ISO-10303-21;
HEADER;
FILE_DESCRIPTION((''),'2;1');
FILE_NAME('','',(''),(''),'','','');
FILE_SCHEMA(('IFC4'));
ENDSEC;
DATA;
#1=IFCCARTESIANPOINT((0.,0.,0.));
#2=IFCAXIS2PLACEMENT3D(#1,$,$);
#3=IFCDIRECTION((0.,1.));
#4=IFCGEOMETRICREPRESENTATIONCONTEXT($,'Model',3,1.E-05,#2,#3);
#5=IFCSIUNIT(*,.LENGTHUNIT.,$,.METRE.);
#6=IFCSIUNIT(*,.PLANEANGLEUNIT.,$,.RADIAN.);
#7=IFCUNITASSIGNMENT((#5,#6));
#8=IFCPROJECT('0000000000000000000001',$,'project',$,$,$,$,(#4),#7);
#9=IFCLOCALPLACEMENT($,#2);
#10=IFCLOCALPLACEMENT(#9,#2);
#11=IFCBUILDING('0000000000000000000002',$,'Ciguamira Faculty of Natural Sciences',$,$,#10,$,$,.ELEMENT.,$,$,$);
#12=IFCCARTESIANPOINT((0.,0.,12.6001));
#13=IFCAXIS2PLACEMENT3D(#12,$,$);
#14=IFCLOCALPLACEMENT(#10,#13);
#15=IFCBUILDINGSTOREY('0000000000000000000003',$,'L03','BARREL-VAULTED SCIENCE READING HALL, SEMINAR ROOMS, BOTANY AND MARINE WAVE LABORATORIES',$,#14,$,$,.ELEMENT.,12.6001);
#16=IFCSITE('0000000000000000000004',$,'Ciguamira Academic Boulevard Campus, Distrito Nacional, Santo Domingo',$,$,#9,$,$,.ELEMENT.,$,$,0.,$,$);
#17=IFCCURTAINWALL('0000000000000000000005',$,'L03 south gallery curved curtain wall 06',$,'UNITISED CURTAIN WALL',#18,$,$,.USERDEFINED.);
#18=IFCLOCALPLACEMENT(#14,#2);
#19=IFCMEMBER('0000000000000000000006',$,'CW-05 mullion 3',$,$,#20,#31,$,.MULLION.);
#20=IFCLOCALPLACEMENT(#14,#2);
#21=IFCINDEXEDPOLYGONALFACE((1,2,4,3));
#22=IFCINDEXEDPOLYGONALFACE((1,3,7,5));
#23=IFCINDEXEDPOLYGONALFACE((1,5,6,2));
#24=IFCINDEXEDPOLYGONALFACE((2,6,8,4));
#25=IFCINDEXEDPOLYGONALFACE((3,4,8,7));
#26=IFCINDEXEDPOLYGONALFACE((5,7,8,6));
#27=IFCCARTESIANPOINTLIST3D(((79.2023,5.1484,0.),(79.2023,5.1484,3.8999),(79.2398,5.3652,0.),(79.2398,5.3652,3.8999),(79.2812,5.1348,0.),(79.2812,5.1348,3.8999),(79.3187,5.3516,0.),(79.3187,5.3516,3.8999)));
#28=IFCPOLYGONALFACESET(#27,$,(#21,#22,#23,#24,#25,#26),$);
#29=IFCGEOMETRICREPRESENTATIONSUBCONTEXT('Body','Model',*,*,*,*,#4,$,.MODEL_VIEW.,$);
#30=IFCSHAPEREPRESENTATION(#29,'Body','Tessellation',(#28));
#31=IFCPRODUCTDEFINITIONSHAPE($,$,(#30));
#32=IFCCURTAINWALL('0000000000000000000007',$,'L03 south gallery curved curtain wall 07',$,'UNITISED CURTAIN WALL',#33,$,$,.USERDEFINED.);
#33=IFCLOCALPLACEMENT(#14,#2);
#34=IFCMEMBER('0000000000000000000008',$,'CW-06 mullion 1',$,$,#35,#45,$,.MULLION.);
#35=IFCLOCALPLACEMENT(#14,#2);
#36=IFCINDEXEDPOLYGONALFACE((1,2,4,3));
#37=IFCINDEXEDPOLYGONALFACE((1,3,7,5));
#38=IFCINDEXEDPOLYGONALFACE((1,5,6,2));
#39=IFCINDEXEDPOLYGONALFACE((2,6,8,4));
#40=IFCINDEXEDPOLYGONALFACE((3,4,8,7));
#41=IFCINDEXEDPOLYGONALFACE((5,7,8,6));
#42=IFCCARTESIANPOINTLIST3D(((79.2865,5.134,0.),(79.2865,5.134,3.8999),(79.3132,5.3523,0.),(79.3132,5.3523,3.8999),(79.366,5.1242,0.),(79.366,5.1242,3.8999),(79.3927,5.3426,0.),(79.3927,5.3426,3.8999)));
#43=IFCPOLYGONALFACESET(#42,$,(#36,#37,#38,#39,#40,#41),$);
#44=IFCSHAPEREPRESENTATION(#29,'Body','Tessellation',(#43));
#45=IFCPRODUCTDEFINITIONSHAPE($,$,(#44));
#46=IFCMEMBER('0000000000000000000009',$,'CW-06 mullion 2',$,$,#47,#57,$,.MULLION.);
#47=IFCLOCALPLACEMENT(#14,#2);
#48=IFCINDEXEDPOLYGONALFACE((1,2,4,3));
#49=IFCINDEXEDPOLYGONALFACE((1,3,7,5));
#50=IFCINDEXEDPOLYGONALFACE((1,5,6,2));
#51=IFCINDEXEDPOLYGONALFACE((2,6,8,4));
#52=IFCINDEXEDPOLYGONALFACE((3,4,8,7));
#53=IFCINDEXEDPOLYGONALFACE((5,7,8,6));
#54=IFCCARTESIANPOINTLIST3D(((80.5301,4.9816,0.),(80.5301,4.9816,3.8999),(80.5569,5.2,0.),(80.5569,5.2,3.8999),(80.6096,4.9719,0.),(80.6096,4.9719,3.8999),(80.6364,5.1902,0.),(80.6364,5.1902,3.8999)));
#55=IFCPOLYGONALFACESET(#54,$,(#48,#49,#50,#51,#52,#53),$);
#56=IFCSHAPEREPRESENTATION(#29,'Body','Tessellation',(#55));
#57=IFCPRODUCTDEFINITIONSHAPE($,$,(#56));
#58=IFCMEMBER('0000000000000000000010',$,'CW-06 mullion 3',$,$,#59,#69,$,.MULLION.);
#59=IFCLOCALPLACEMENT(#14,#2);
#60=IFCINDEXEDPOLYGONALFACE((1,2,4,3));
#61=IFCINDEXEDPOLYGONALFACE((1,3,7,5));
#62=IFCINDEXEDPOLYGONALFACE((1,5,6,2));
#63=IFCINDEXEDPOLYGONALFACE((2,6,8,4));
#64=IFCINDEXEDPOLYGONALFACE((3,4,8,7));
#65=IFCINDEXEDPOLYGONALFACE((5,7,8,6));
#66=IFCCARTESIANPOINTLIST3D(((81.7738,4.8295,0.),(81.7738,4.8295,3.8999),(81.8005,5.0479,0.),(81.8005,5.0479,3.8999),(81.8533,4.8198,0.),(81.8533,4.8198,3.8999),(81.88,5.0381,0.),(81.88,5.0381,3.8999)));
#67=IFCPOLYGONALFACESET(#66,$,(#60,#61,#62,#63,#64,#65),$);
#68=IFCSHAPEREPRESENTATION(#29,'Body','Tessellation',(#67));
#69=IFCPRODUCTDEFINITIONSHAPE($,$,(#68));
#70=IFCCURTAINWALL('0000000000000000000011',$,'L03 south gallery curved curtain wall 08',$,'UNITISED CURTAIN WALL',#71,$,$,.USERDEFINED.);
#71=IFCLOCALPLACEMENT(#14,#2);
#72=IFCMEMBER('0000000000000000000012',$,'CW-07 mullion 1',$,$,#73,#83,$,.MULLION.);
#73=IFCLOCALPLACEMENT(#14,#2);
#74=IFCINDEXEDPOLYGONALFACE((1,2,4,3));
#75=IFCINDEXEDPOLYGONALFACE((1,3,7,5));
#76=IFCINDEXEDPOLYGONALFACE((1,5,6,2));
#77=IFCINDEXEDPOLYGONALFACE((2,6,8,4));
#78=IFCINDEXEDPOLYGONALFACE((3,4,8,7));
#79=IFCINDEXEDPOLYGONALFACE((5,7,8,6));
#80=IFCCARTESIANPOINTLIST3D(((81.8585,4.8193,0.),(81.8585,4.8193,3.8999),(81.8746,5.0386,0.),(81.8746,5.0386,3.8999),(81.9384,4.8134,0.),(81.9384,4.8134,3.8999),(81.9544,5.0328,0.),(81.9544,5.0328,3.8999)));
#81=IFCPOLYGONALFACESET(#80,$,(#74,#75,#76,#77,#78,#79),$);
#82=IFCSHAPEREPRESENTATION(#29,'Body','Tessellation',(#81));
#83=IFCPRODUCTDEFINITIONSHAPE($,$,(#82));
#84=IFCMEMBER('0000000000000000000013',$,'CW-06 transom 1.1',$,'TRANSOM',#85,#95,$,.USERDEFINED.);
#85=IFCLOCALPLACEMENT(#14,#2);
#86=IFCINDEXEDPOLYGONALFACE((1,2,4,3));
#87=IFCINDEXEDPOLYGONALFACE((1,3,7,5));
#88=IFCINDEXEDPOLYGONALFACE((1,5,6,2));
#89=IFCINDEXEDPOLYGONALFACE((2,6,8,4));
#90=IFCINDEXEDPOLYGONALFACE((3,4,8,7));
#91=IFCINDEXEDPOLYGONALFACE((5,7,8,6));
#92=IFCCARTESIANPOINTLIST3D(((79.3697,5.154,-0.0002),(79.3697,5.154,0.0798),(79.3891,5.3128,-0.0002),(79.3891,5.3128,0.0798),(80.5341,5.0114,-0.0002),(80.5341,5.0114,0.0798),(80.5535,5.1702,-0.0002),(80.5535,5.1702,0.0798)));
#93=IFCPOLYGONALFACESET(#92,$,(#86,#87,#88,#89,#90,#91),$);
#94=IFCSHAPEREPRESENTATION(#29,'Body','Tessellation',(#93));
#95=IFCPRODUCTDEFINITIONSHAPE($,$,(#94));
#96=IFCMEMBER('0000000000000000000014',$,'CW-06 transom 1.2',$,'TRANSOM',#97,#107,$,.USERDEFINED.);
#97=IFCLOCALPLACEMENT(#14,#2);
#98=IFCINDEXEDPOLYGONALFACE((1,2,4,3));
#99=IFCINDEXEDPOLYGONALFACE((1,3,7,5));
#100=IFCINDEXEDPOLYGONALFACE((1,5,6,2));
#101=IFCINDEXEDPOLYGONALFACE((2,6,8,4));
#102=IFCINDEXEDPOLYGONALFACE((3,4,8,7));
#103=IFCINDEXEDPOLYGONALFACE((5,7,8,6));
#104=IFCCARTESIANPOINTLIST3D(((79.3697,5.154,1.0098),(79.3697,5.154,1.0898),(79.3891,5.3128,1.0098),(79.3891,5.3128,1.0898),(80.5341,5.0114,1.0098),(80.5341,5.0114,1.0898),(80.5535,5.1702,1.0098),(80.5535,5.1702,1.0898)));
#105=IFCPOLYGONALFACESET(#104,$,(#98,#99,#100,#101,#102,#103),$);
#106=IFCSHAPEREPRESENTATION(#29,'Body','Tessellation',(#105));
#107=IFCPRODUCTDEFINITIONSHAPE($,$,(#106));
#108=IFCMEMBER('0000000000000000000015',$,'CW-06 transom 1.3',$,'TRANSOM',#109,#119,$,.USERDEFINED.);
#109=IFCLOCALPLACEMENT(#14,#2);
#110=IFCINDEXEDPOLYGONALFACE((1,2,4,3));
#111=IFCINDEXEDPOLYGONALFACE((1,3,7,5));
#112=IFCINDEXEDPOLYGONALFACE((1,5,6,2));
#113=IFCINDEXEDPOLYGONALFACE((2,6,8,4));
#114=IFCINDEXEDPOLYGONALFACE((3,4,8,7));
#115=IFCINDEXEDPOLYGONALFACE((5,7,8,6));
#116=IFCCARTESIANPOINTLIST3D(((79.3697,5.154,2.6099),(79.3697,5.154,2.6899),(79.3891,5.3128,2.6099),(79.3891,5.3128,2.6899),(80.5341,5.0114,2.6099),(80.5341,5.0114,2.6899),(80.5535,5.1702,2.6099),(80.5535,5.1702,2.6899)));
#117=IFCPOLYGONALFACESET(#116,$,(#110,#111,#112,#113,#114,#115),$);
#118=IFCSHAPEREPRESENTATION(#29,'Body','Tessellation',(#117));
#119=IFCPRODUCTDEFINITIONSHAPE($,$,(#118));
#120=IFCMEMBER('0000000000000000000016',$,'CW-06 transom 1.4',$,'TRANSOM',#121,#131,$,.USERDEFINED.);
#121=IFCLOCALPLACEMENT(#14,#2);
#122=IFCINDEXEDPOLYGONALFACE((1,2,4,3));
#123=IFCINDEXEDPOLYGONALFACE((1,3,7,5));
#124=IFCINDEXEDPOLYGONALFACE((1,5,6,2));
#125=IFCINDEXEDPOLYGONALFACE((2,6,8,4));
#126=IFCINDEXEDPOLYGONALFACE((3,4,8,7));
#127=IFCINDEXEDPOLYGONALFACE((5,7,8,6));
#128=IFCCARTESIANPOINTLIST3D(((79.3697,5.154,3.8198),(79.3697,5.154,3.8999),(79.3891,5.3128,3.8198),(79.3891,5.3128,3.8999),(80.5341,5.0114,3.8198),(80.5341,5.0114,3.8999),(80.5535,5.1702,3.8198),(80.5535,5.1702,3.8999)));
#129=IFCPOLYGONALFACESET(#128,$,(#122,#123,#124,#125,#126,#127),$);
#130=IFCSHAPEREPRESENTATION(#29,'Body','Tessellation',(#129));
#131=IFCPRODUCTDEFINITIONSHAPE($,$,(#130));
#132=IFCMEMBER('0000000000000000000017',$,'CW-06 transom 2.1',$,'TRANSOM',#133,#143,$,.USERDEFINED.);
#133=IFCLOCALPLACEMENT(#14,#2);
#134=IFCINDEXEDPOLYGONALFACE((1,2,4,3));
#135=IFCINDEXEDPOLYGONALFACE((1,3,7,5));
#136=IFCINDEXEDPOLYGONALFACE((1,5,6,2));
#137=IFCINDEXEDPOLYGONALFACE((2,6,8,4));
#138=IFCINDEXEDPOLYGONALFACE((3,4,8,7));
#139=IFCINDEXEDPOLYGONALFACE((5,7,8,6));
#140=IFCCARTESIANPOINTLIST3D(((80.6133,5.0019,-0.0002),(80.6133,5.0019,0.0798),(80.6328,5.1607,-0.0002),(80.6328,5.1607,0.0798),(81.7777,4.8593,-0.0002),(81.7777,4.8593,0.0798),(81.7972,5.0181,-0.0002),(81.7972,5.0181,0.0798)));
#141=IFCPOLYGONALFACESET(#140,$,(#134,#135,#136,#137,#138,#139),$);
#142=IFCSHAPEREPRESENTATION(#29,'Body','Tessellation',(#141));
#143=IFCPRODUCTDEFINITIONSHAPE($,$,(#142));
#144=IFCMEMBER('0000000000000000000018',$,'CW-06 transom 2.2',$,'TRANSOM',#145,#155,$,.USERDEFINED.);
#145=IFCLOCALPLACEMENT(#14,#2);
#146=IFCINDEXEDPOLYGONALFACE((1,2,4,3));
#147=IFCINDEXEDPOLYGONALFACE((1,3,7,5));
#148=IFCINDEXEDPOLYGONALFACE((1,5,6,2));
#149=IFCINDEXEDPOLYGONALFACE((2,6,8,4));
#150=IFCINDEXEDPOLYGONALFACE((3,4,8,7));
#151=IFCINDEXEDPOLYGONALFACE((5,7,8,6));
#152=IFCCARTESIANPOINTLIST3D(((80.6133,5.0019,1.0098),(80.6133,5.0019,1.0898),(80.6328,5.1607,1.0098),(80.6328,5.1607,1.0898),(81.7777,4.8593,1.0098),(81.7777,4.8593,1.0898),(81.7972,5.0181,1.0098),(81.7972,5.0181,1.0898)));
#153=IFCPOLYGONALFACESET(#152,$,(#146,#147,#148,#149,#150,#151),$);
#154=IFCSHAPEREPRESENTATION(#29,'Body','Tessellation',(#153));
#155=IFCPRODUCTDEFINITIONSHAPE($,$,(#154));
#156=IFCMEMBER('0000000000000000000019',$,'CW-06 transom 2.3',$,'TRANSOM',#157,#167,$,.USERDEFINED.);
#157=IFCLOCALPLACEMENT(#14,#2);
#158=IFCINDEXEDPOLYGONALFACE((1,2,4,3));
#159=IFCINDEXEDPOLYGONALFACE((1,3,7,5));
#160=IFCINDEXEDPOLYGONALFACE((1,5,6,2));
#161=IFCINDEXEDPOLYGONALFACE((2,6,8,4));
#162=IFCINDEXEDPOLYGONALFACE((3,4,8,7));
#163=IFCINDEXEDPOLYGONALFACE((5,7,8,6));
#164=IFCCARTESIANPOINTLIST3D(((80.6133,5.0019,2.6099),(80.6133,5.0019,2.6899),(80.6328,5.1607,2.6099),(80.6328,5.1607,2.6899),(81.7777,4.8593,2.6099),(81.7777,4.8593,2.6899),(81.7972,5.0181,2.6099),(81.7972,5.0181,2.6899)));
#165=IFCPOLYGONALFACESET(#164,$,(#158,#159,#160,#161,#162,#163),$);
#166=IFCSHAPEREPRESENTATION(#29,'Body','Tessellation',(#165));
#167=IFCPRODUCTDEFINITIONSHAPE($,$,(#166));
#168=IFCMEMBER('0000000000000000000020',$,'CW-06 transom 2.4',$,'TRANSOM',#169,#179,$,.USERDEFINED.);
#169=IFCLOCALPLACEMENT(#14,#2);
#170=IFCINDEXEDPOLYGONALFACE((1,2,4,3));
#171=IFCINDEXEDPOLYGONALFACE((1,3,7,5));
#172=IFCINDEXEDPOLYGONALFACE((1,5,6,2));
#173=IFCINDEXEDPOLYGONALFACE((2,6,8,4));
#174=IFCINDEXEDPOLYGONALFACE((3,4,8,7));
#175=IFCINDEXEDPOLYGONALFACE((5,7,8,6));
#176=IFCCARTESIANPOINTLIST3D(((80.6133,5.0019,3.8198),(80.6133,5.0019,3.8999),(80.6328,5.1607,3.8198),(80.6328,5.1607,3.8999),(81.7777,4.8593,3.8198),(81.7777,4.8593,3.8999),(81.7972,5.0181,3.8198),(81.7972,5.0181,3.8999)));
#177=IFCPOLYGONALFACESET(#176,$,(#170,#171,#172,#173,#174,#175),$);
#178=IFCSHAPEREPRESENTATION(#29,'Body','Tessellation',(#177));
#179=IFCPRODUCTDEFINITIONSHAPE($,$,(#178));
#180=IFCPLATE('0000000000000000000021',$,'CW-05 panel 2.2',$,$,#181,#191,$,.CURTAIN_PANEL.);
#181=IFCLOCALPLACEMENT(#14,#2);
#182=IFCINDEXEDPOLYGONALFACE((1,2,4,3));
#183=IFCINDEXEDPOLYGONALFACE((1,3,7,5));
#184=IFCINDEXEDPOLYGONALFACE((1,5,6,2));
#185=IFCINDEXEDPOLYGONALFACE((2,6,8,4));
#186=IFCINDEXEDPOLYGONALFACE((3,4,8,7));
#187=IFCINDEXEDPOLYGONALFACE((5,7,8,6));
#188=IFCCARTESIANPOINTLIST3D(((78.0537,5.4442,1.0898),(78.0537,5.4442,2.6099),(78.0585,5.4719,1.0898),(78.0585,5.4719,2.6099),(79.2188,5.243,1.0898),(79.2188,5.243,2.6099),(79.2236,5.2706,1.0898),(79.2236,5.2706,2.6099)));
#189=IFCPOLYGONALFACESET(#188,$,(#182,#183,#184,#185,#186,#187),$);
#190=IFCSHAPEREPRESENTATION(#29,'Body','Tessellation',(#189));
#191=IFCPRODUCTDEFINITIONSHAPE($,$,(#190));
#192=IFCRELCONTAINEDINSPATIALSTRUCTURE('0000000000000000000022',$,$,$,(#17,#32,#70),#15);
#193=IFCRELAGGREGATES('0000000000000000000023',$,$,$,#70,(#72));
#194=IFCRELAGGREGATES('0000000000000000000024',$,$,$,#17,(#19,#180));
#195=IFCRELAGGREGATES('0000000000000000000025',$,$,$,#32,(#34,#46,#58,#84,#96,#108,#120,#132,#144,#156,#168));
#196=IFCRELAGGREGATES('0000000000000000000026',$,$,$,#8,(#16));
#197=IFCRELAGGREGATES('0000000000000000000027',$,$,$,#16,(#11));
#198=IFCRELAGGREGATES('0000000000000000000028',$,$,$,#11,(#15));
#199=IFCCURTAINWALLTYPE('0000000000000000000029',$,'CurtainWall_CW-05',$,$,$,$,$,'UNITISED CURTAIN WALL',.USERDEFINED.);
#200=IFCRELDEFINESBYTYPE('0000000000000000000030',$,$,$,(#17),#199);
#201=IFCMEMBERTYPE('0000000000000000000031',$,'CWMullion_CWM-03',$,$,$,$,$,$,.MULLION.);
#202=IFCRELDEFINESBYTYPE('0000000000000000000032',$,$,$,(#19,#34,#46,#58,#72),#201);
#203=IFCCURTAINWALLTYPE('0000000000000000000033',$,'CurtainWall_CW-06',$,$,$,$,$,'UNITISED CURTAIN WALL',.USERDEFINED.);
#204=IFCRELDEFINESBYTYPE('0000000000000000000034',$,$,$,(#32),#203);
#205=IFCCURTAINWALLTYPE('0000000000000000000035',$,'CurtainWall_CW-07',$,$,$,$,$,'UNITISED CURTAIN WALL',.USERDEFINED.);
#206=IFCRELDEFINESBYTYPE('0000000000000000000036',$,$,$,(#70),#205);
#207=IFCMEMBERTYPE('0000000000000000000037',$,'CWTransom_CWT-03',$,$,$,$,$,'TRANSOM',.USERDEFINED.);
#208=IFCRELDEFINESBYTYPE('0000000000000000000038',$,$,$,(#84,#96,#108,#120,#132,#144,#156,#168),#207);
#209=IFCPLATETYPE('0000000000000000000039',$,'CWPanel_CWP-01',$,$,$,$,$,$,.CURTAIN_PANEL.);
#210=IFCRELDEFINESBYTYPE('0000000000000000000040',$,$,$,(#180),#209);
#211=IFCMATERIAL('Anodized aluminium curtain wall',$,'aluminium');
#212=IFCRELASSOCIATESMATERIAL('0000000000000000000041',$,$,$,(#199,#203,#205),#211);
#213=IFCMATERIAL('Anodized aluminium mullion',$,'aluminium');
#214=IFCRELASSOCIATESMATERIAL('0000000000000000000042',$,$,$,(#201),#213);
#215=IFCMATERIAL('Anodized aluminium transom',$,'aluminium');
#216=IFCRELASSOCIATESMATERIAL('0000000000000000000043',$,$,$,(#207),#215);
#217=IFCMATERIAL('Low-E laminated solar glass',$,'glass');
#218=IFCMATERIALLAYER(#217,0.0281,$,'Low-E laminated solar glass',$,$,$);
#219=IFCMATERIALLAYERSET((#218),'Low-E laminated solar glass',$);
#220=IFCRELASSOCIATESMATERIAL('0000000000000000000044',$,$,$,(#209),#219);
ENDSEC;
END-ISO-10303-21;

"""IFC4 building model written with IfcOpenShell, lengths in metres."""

from ifc_helpers import new_model, si_unit, direction, frame, origin, origin_2d, place, context, subcontext, project, spatial, rectangle, extrude, material, layer, layer_set, material_profile, profile_set, type_object, element, aggregate, save


model = new_model("IFC4")

# Units and contexts
model_context = context("Model", 3, precision=1e-05, world=origin(), true_north=direction((0.0, 1.0)))
body_context = subcontext(model_context, "Body", "Model", "MODEL_VIEW")
ifc_project = project(units=[si_unit("LENGTHUNIT", "METRE"), si_unit("PLANEANGLEUNIT", "RADIAN")], contexts=[model_context])

# Site, building, storey
site_placement = place(None, origin())
site = spatial("IfcSite", under=ifc_project, at=site_placement, Name="Ciguamira Academic Boulevard Campus, Distrito Nacional, Santo Domingo", CompositionType="ELEMENT", RefElevation=0.0)
building_placement = place(site_placement, origin())
building = spatial("IfcBuilding", under=site, at=building_placement, Name="Ciguamira Faculty of Natural Sciences", CompositionType="ELEMENT")
storey_placement = place(building_placement, frame((0.0, 0.0, 12.6001)))
storey = spatial("IfcBuildingStorey", under=building, at=storey_placement, Name="L03", Description="BARREL-VAULTED SCIENCE READING HALL, SEMINAR ROOMS, BOTANY AND MARINE WAVE LABORATORIES", CompositionType="ELEMENT", Elevation=12.6001)

# Curtain wall, member
ifc_material_1 = material(Name="Anodized aluminium curtain wall", Category="aluminium")
curtain_wall_type_1 = type_object("IfcCurtainWallType", Name="CurtainWall_CW-05", ElementType="UNITISED CURTAIN WALL", PredefinedType="USERDEFINED", material=ifc_material_1)
curtain_wall_1_placement = place(storey_placement, origin())
curtain_wall_1 = element("IfcCurtainWall", 1, at=curtain_wall_1_placement, inside=storey, type_object=curtain_wall_type_1, Name="L03 south gallery curved curtain wall 06", ObjectType="UNITISED CURTAIN WALL", PredefinedType="USERDEFINED")
ifc_material_2 = material(Name="Anodized aluminium mullion", Category="aluminium")
ifc_material_profile_1 = material_profile(ifc_material_2, rectangle(XDim=0.0801, YDim=0.22, at=origin_2d()), Name="ALU-MUL-80X220")
ifc_profile_set_1 = profile_set([ifc_material_profile_1], Name="Anodized aluminium mullion")
member_type_1 = type_object("IfcMemberType", Name="CWMullion_CWM-03", PredefinedType="MULLION", material=ifc_profile_set_1)
member_1_placement = place(storey_placement, frame((79.2605, 5.25, 0.0), z_axis=(0.0, 0.0, 1.0), x_axis=(0.985411, -0.170192, 0.0)))
member_1 = element("IfcMember", 2, at=member_1_placement, type_object=member_type_1, Name="CW-05 mullion 3", PredefinedType="MULLION", context=body_context, shape_type="SweptSolid", body=[
    extrude(rectangle(XDim=0.0801, YDim=0.22, at=origin_2d()), origin(), (0.0, 0.0, 1.0), 3.8999),
])

# Curtain wall, members
curtain_wall_type_2 = type_object("IfcCurtainWallType", Name="CurtainWall_CW-06", ElementType="UNITISED CURTAIN WALL", PredefinedType="USERDEFINED", material=ifc_material_1)
curtain_wall_2_placement = place(storey_placement, origin())
curtain_wall_2 = element("IfcCurtainWall", 3, at=curtain_wall_2_placement, inside=storey, type_object=curtain_wall_type_2, Name="L03 south gallery curved curtain wall 07", ObjectType="UNITISED CURTAIN WALL", PredefinedType="USERDEFINED")
member_2_placement = place(storey_placement, frame((79.3396, 5.2383, 0.0), z_axis=(0.0, 0.0, 1.0), x_axis=(0.992586, -0.121545, 0.0)))
member_2 = element("IfcMember", 4, at=member_2_placement, type_object=member_type_1, Name="CW-06 mullion 1", PredefinedType="MULLION", context=body_context, shape_type="SweptSolid", body=[
    extrude(rectangle(XDim=0.0801, YDim=0.22, at=origin_2d()), origin(), (0.0, 0.0, 1.0), 3.8999),
])
member_3_placement = place(storey_placement, frame((80.5833, 5.0859, 0.0), z_axis=(0.0, 0.0, 1.0), x_axis=(0.992586, -0.121545, 0.0)))
member_3 = element("IfcMember", 5, at=member_3_placement, type_object=member_type_1, Name="CW-06 mullion 2", PredefinedType="MULLION", context=body_context, shape_type="SweptSolid", body=[
    extrude(rectangle(XDim=0.0801, YDim=0.22, at=origin_2d()), origin(), (0.0, 0.0, 1.0), 3.8999),
])
member_4_placement = place(storey_placement, frame((81.8269, 4.9338, 0.0), z_axis=(0.0, 0.0, 1.0), x_axis=(0.992586, -0.121545, 0.0)))
member_4 = element("IfcMember", 6, at=member_4_placement, type_object=member_type_1, Name="CW-06 mullion 3", PredefinedType="MULLION", context=body_context, shape_type="SweptSolid", body=[
    extrude(rectangle(XDim=0.0801, YDim=0.22, at=origin_2d()), origin(), (0.0, 0.0, 1.0), 3.8999),
])

# Curtain wall, member
curtain_wall_type_3 = type_object("IfcCurtainWallType", Name="CurtainWall_CW-07", ElementType="UNITISED CURTAIN WALL", PredefinedType="USERDEFINED", material=ifc_material_1)
curtain_wall_3_placement = place(storey_placement, origin())
curtain_wall_3 = element("IfcCurtainWall", 7, at=curtain_wall_3_placement, inside=storey, type_object=curtain_wall_type_3, Name="L03 south gallery curved curtain wall 08", ObjectType="UNITISED CURTAIN WALL", PredefinedType="USERDEFINED")
member_5_placement = place(storey_placement, frame((81.9065, 4.926, 0.0), z_axis=(0.0, 0.0, 1.0), x_axis=(0.997337, -0.072937, 0.0)))
member_5 = element("IfcMember", 8, at=member_5_placement, type_object=member_type_1, Name="CW-07 mullion 1", PredefinedType="MULLION", context=body_context, shape_type="SweptSolid", body=[
    extrude(rectangle(XDim=0.0801, YDim=0.22, at=origin_2d()), origin(), (0.0, 0.0, 1.0), 3.8999),
])
aggregate(curtain_wall_3, [member_5])

# Members
ifc_material_3 = material(Name="Anodized aluminium transom", Category="aluminium")
ifc_material_profile_2 = material_profile(ifc_material_3, rectangle(XDim=0.0801, YDim=0.1599, at=origin_2d()), Name="ALU-TRN-80X160")
ifc_profile_set_2 = profile_set([ifc_material_profile_2], Name="Anodized aluminium transom")
member_type_2 = type_object("IfcMemberType", Name="CWTransom_CWT-03", ElementType="TRANSOM", PredefinedType="USERDEFINED", material=ifc_profile_set_2)
member_6_placement = place(storey_placement, frame((79.3794, 5.2334, 0.0398), z_axis=(0.992585, -0.12155, 0.0), x_axis=(0.0, 0.0, 1.0)))
member_6 = element("IfcMember", 9, at=member_6_placement, type_object=member_type_2, Name="CW-06 transom 1.1", ObjectType="TRANSOM", PredefinedType="USERDEFINED", context=body_context, shape_type="SweptSolid", body=[
    extrude(rectangle(XDim=0.0801, YDim=0.1599, at=origin_2d()), origin(), (0.0, 0.0, 1.0), 1.1731),
])
member_7_placement = place(storey_placement, frame((79.3794, 5.2334, 1.0498), z_axis=(0.992585, -0.12155, 0.0), x_axis=(0.0, 0.0, 1.0)))
member_7 = element("IfcMember", 10, at=member_7_placement, type_object=member_type_2, Name="CW-06 transom 1.2", ObjectType="TRANSOM", PredefinedType="USERDEFINED", context=body_context, shape_type="SweptSolid", body=[
    extrude(rectangle(XDim=0.0801, YDim=0.1599, at=origin_2d()), origin(), (0.0, 0.0, 1.0), 1.1731),
])
member_8_placement = place(storey_placement, frame((79.3794, 5.2334, 2.6499), z_axis=(0.992585, -0.12155, 0.0), x_axis=(0.0, 0.0, 1.0)))
member_8 = element("IfcMember", 11, at=member_8_placement, type_object=member_type_2, Name="CW-06 transom 1.3", ObjectType="TRANSOM", PredefinedType="USERDEFINED", context=body_context, shape_type="SweptSolid", body=[
    extrude(rectangle(XDim=0.0801, YDim=0.1599, at=origin_2d()), origin(), (0.0, 0.0, 1.0), 1.1731),
])
member_9_placement = place(storey_placement, frame((79.3794, 5.2334, 3.8599), z_axis=(0.992585, -0.12155, 0.0), x_axis=(0.0, 0.0, 1.0)))
member_9 = element("IfcMember", 12, at=member_9_placement, type_object=member_type_2, Name="CW-06 transom 1.4", ObjectType="TRANSOM", PredefinedType="USERDEFINED", context=body_context, shape_type="SweptSolid", body=[
    extrude(rectangle(XDim=0.0801, YDim=0.1599, at=origin_2d()), origin(), (0.0, 0.0, 1.0), 1.1731),
])
member_10_placement = place(storey_placement, frame((80.623, 5.0813, 0.0398), z_axis=(0.992585, -0.12155, 0.0), x_axis=(0.0, 0.0, 1.0)))
member_10 = element("IfcMember", 13, at=member_10_placement, type_object=member_type_2, Name="CW-06 transom 2.1", ObjectType="TRANSOM", PredefinedType="USERDEFINED", context=body_context, shape_type="SweptSolid", body=[
    extrude(rectangle(XDim=0.0801, YDim=0.1599, at=origin_2d()), origin(), (0.0, 0.0, 1.0), 1.1731),
])
member_11_placement = place(storey_placement, frame((80.623, 5.0813, 1.0498), z_axis=(0.992585, -0.12155, 0.0), x_axis=(0.0, 0.0, 1.0)))
member_11 = element("IfcMember", 14, at=member_11_placement, type_object=member_type_2, Name="CW-06 transom 2.2", ObjectType="TRANSOM", PredefinedType="USERDEFINED", context=body_context, shape_type="SweptSolid", body=[
    extrude(rectangle(XDim=0.0801, YDim=0.1599, at=origin_2d()), origin(), (0.0, 0.0, 1.0), 1.1731),
])
member_12_placement = place(storey_placement, frame((80.623, 5.0813, 2.6499), z_axis=(0.992585, -0.12155, 0.0), x_axis=(0.0, 0.0, 1.0)))
member_12 = element("IfcMember", 15, at=member_12_placement, type_object=member_type_2, Name="CW-06 transom 2.3", ObjectType="TRANSOM", PredefinedType="USERDEFINED", context=body_context, shape_type="SweptSolid", body=[
    extrude(rectangle(XDim=0.0801, YDim=0.1599, at=origin_2d()), origin(), (0.0, 0.0, 1.0), 1.1731),
])
member_13_placement = place(storey_placement, frame((80.623, 5.0813, 3.8599), z_axis=(0.992585, -0.12155, 0.0), x_axis=(0.0, 0.0, 1.0)))
member_13 = element("IfcMember", 16, at=member_13_placement, type_object=member_type_2, Name="CW-06 transom 2.4", ObjectType="TRANSOM", PredefinedType="USERDEFINED", context=body_context, shape_type="SweptSolid", body=[
    extrude(rectangle(XDim=0.0801, YDim=0.1599, at=origin_2d()), origin(), (0.0, 0.0, 1.0), 1.1731),
])

# Plate
ifc_material_4 = material(Name="Low-E laminated solar glass", Category="glass")
ifc_layer = layer(ifc_material_4, 0.0281, Name="Low-E laminated solar glass")
ifc_layer_set = layer_set([ifc_layer], Name="Low-E laminated solar glass")
plate_type = type_object("IfcPlateType", Name="CWPanel_CWP-01", PredefinedType="CURTAIN_PANEL", material=ifc_layer_set)
plate_1_placement = place(storey_placement, frame((78.6387, 5.3574, 1.0898), z_axis=(0.0, 0.0, 1.0), x_axis=(0.985411, -0.170192, 0.0)))
plate_1 = element("IfcPlate", 17, at=plate_1_placement, type_object=plate_type, Name="CW-05 panel 2.2", PredefinedType="CURTAIN_PANEL", context=body_context, shape_type="SweptSolid", body=[
    extrude(rectangle(XDim=1.1824, YDim=0.0281, at=origin_2d()), origin(), (0.0, 0.0, 1.0), 1.52),
])
aggregate(curtain_wall_1, [member_1, plate_1])
aggregate(curtain_wall_2, [member_2, member_3, member_4, member_6, member_7, member_8, member_9, member_10, member_11, member_12, member_13])

save(model, "model.ifc")
